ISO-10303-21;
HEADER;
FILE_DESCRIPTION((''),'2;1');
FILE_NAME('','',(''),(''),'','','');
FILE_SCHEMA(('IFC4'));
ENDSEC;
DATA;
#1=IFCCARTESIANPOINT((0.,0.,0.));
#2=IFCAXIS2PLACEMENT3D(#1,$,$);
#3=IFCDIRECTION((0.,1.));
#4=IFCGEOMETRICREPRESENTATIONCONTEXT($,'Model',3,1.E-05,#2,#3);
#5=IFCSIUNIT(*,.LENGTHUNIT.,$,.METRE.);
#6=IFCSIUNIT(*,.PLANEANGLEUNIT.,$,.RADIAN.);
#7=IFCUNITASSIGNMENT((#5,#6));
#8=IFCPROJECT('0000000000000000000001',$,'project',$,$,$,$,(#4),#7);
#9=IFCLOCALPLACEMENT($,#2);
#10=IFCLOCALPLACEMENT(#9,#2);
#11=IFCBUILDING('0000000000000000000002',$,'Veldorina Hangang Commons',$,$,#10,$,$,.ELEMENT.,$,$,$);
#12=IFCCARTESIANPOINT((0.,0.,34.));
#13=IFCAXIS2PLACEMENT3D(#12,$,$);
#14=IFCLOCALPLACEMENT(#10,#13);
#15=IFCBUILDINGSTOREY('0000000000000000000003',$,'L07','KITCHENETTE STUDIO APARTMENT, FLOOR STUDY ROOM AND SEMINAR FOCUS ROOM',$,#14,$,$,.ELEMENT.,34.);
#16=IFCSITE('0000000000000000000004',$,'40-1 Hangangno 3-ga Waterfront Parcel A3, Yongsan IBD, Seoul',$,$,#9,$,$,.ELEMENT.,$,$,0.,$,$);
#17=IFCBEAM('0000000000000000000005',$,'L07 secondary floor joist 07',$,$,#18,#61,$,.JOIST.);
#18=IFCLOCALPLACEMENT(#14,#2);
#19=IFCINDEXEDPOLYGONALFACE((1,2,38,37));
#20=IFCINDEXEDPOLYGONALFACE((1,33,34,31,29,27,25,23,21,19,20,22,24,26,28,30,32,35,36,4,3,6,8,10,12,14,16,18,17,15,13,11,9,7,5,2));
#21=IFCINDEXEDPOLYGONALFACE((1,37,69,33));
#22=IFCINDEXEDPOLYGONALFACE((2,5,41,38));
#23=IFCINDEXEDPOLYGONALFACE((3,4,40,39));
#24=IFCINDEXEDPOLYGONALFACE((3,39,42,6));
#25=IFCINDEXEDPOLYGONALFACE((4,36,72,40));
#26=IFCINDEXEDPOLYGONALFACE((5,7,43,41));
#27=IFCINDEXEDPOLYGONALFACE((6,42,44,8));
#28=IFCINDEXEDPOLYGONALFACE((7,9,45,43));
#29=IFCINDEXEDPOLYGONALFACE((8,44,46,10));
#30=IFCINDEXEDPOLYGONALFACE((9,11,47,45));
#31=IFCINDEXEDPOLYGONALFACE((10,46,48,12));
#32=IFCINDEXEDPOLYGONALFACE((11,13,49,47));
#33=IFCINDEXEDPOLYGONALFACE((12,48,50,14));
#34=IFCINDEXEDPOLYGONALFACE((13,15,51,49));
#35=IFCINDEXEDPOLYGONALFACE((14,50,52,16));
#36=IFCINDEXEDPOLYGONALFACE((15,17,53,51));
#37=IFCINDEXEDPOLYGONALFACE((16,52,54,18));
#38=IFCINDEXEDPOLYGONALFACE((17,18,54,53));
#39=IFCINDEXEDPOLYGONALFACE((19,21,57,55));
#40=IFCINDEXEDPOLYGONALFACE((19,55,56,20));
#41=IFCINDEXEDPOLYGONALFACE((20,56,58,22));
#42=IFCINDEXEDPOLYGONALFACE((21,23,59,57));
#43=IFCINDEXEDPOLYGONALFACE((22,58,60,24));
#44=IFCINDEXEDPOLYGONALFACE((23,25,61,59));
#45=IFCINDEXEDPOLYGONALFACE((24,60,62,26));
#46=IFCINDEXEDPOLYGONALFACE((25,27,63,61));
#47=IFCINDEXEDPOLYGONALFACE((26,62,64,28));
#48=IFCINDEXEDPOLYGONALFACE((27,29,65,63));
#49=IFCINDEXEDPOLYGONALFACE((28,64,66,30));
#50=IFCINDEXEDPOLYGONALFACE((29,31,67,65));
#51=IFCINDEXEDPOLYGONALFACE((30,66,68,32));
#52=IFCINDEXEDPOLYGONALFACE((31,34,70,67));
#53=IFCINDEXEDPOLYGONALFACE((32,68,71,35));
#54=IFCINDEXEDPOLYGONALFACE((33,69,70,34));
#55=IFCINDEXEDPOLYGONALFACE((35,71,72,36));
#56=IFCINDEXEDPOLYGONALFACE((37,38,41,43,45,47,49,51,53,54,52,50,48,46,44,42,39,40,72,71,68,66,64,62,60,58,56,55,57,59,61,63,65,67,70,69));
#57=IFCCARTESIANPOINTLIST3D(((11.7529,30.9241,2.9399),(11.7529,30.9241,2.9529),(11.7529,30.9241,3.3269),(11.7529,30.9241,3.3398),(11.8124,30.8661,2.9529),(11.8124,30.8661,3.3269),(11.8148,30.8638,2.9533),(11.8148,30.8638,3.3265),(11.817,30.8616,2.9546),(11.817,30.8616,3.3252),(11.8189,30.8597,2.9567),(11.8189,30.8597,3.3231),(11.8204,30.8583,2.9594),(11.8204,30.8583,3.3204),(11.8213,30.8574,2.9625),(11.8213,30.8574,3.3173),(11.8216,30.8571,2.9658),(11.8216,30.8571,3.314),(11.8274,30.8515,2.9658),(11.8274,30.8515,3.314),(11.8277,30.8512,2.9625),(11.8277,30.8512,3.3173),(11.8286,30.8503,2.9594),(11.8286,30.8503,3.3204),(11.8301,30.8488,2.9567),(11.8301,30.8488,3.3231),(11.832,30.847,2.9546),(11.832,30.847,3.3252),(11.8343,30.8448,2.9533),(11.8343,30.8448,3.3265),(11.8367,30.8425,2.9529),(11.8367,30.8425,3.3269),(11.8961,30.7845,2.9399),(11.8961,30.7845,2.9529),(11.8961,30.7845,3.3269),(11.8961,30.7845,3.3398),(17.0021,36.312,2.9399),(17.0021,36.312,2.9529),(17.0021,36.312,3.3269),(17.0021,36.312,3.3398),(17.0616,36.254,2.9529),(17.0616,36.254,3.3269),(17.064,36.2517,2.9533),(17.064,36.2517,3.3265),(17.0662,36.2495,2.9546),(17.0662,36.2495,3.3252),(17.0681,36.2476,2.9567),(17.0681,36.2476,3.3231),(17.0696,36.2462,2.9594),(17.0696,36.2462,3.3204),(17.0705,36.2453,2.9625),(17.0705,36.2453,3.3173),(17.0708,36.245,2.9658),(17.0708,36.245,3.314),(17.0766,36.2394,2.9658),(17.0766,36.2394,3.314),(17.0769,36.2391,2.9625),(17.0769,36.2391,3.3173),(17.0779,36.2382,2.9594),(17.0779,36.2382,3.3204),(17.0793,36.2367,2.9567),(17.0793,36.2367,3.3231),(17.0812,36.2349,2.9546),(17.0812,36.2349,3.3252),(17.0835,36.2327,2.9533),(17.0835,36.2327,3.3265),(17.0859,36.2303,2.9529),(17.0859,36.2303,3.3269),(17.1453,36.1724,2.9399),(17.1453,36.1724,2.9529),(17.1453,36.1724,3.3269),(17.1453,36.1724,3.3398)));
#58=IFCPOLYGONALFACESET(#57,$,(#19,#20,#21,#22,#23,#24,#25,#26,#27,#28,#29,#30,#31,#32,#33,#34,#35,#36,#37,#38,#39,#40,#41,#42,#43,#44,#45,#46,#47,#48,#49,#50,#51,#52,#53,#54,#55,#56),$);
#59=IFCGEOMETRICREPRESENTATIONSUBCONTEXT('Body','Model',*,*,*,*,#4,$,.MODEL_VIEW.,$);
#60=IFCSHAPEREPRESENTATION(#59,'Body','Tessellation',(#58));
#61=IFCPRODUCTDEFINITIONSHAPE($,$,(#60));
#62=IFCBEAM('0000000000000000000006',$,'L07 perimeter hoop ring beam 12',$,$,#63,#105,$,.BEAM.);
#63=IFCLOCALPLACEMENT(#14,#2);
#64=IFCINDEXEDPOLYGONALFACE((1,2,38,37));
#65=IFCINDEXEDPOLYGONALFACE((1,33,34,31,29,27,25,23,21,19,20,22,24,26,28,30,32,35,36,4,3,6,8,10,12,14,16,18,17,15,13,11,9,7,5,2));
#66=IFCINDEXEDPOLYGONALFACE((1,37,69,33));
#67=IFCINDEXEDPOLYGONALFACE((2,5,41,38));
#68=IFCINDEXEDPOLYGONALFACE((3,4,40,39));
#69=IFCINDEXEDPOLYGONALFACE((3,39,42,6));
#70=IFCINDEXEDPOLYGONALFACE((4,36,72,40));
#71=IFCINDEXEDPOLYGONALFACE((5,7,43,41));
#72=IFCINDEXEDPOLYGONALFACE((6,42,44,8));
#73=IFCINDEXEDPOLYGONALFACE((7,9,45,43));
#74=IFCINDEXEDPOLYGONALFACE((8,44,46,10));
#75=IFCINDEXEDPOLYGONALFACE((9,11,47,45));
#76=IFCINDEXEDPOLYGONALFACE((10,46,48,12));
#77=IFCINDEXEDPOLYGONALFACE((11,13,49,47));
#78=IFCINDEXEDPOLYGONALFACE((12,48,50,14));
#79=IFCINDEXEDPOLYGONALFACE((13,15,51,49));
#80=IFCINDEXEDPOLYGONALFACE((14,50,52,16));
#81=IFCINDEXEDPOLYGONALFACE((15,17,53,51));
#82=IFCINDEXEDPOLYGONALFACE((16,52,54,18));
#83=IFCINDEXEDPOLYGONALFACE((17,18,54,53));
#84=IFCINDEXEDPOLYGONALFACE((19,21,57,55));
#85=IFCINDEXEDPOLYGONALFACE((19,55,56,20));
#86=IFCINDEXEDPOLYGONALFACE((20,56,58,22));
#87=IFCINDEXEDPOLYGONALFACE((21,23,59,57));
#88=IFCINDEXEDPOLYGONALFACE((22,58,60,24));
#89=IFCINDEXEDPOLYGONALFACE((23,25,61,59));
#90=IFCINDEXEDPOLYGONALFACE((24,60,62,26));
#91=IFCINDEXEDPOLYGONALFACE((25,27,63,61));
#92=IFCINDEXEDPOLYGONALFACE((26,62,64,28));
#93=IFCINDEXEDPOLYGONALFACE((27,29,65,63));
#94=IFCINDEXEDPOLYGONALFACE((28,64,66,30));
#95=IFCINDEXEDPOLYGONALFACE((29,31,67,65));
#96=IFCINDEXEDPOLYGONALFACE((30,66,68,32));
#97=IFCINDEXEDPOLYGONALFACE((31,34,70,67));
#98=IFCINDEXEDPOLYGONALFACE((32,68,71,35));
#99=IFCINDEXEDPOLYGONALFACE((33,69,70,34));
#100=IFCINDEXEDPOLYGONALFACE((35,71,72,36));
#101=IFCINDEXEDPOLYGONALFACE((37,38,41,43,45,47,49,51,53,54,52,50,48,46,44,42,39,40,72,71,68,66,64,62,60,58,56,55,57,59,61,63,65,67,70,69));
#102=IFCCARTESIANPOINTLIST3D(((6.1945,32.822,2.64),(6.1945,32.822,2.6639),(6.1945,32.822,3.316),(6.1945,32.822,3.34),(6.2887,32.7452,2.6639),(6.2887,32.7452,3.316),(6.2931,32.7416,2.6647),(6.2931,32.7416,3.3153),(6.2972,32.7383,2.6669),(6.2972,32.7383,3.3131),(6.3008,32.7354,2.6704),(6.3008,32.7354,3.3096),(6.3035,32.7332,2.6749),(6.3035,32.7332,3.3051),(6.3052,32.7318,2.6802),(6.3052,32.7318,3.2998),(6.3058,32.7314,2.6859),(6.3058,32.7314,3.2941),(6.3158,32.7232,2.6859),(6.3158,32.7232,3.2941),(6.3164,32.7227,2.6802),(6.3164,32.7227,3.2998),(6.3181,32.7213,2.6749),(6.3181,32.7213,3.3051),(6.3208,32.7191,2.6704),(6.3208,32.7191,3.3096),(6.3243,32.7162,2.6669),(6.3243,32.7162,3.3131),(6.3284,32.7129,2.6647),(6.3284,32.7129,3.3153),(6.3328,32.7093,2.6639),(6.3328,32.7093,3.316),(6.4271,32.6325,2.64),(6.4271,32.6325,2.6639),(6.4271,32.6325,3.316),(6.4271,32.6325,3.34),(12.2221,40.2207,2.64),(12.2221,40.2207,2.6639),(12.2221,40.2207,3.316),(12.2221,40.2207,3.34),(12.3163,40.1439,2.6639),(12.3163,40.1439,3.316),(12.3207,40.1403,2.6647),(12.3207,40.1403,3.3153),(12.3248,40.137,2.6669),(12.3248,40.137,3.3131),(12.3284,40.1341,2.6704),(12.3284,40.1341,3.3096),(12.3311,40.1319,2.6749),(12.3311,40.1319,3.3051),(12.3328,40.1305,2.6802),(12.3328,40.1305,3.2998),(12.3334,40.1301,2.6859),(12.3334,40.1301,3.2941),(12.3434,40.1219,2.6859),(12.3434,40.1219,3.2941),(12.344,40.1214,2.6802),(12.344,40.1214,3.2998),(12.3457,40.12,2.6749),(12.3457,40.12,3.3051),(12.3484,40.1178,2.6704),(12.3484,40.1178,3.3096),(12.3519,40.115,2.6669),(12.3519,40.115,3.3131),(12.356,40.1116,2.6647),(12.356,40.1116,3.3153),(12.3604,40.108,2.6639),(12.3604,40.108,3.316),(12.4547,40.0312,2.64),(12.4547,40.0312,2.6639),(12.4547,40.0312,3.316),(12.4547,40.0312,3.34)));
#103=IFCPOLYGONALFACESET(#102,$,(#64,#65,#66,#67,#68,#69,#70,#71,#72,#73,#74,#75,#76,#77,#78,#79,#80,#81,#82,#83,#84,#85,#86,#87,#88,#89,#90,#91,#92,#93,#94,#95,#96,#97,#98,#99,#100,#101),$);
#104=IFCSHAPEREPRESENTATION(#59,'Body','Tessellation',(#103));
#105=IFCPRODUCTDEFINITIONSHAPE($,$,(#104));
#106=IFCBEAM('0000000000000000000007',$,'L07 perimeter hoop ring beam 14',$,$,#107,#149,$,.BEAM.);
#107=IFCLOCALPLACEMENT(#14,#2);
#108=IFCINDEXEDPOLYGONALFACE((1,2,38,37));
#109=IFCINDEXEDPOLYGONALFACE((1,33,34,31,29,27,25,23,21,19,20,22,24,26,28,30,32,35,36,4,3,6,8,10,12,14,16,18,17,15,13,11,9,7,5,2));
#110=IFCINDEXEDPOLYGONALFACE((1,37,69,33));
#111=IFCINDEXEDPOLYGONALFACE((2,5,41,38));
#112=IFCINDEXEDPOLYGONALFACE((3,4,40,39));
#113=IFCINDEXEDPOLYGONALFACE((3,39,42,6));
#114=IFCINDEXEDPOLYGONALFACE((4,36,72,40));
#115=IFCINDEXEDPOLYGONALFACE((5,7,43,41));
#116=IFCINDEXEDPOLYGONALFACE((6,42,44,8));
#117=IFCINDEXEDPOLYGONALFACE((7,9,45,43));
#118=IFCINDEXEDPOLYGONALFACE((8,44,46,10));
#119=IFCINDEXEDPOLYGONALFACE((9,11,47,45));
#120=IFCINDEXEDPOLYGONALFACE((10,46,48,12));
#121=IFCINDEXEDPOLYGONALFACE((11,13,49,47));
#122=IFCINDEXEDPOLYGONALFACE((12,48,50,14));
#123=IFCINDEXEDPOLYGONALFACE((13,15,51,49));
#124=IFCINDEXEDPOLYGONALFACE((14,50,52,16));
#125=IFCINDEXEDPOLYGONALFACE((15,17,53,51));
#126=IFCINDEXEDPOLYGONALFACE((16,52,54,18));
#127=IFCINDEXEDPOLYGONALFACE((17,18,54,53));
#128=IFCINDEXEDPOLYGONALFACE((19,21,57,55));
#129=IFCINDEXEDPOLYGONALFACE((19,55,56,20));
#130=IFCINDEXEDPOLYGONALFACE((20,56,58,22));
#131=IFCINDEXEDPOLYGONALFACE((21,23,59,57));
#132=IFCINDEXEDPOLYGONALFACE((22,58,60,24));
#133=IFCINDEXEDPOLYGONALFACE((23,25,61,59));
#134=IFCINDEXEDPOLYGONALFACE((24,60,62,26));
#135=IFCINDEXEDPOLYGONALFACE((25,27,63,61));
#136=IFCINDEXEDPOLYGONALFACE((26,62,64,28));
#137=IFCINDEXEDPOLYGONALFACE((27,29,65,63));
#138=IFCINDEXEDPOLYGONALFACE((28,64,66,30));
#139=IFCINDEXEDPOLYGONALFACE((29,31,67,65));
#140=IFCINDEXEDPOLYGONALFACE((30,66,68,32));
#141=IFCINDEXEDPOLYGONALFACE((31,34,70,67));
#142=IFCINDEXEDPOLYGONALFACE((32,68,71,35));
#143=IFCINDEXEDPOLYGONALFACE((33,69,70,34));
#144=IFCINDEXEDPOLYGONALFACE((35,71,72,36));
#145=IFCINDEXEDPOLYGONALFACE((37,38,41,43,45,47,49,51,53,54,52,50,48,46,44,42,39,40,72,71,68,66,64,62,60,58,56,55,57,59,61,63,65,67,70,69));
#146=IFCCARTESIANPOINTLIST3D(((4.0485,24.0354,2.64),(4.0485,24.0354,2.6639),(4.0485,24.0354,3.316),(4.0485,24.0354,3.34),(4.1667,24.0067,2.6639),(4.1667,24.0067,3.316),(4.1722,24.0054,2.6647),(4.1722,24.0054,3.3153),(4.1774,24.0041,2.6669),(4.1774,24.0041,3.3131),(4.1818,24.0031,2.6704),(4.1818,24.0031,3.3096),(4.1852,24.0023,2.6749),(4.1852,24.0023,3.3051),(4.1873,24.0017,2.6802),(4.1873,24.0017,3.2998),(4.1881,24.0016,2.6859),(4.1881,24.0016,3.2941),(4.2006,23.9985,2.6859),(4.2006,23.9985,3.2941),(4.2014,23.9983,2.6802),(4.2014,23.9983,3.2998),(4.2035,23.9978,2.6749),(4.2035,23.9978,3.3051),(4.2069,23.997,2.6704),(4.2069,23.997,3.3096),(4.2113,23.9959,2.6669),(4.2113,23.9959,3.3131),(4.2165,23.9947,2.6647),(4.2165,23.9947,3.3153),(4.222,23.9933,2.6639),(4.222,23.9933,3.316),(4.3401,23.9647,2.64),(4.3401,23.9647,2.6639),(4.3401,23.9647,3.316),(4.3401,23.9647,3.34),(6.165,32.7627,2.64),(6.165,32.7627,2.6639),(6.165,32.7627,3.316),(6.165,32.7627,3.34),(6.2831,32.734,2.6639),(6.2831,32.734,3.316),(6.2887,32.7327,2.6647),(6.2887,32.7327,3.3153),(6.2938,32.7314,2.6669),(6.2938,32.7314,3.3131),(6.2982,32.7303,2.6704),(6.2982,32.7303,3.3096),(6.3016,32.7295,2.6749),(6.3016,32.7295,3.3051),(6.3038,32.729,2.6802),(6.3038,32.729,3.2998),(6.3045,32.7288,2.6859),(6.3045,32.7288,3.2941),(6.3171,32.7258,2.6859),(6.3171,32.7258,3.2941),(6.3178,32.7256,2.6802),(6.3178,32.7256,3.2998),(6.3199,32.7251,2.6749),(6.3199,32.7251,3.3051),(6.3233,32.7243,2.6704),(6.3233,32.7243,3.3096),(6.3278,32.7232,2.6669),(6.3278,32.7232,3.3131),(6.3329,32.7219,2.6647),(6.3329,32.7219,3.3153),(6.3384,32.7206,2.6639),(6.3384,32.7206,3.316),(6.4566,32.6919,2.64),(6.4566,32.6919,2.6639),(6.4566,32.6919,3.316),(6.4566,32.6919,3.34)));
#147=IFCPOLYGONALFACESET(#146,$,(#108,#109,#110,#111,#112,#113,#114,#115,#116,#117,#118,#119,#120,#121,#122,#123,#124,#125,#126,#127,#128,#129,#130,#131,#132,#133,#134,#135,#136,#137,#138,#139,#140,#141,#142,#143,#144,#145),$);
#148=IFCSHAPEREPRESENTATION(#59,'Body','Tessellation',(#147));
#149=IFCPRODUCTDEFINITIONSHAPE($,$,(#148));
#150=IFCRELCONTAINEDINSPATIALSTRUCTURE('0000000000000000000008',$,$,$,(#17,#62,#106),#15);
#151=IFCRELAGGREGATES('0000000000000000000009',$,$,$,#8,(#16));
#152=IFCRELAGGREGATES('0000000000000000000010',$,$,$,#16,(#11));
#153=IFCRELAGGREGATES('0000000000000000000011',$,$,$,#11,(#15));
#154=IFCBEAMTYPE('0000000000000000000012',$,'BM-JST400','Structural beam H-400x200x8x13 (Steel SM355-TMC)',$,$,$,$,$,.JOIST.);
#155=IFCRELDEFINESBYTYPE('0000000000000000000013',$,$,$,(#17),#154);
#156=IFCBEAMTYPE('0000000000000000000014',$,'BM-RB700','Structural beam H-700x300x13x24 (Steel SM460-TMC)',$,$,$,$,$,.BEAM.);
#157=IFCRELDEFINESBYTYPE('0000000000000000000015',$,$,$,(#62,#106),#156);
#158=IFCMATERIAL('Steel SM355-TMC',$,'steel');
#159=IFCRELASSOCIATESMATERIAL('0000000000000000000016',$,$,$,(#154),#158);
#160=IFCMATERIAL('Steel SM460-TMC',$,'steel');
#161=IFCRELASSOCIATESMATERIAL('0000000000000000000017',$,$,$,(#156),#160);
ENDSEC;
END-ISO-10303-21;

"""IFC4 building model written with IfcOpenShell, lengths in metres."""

from ifc_helpers import new_model, si_unit, direction, frame, origin, origin_2d, place, context, subcontext, project, spatial, i_section, extrude, material, material_profile, profile_set, type_object, element, save


model = new_model("IFC4")

# Units and contexts
model_context = context("Model", 3, precision=1e-05, world=origin(), true_north=direction((0.0, 1.0)))
body_context = subcontext(model_context, "Body", "Model", "MODEL_VIEW")
ifc_project = project(units=[si_unit("LENGTHUNIT", "METRE"), si_unit("PLANEANGLEUNIT", "RADIAN")], contexts=[model_context])

# Site, building, storey
site_placement = place(None, origin())
site = spatial("IfcSite", under=ifc_project, at=site_placement, Name="40-1 Hangangno 3-ga Waterfront Parcel A3, Yongsan IBD, Seoul", CompositionType="ELEMENT", RefElevation=0.0)
building_placement = place(site_placement, origin())
building = spatial("IfcBuilding", under=site, at=building_placement, Name="Veldorina Hangang Commons", CompositionType="ELEMENT")
storey_placement = place(building_placement, frame((0.0, 0.0, 34.0)))
storey = spatial("IfcBuildingStorey", under=building, at=storey_placement, Name="L07", Description="KITCHENETTE STUDIO APARTMENT, FLOOR STUDY ROOM AND SEMINAR FOCUS ROOM", CompositionType="ELEMENT", Elevation=34.0)

# Beams
ifc_material_1 = material(Name="Steel SM355-TMC", Category="steel")
ifc_material_profile_1 = material_profile(ifc_material_1, i_section(OverallWidth=0.2, OverallDepth=0.3999, WebThickness=0.0081, FlangeThickness=0.0129, FilletRadius=0.0129, at=origin_2d()), Name="H-400x200x8x13")
ifc_profile_set_1 = profile_set([ifc_material_profile_1], Name="Steel SM355-TMC")
beam_type_1 = type_object("IfcBeamType", Name="BM-JST400", Description="Structural beam H-400x200x8x13 (Steel SM355-TMC)", PredefinedType="JOIST", material=ifc_profile_set_1)
beam_1_placement = place(storey_placement, frame((17.0737, 36.2422, 3.1399), z_axis=(-0.697829, -0.716264, 0.0), x_axis=(0.716264, -0.697829, 0.0)))
element("IfcBeam", 1, at=beam_1_placement, inside=storey, type_object=beam_type_1, Name="L07 secondary floor joist 07", PredefinedType="JOIST", context=body_context, shape_type="SweptSolid", body=[
    extrude(i_section(OverallWidth=0.2, OverallDepth=0.3999, WebThickness=0.0081, FlangeThickness=0.0129, FilletRadius=0.0129, at=origin_2d()), origin(), (0.0, 0.0, 1.0), 7.5222),
])
ifc_material_2 = material(Name="Steel SM460-TMC", Category="steel")
ifc_material_profile_2 = material_profile(ifc_material_2, i_section(OverallWidth=0.3, OverallDepth=0.7, WebThickness=0.0129, FlangeThickness=0.0239, FilletRadius=0.022, at=origin_2d()), Name="H-700x300x13x24")
ifc_profile_set_2 = profile_set([ifc_material_profile_2], Name="Steel SM460-TMC")
beam_type_2 = type_object("IfcBeamType", Name="BM-RB700", Description="Structural beam H-700x300x13x24 (Steel SM460-TMC)", PredefinedType="BEAM", material=ifc_profile_set_2)
beam_2_placement = place(storey_placement, frame((12.3384, 40.126, 2.99), z_axis=(-0.631612, -0.775285, 0.0), x_axis=(0.775285, -0.631612, 0.0)))
element("IfcBeam", 2, at=beam_2_placement, inside=storey, type_object=beam_type_2, Name="L07 perimeter hoop ring beam 12", PredefinedType="BEAM", context=body_context, shape_type="SweptSolid", body=[
    extrude(i_section(OverallWidth=0.3, OverallDepth=0.7, WebThickness=0.0129, FlangeThickness=0.0239, FilletRadius=0.022, at=origin_2d()), origin(), (0.0, 0.0, 1.0), 9.5432),
])
beam_3_placement = place(storey_placement, frame((6.3108, 32.7273, 2.99), z_axis=(-0.235679, -0.971831, 0.0), x_axis=(0.971831, -0.235679, 0.0)))
element("IfcBeam", 3, at=beam_3_placement, inside=storey, type_object=beam_type_2, Name="L07 perimeter hoop ring beam 14", PredefinedType="BEAM", context=body_context, shape_type="SweptSolid", body=[
    extrude(i_section(OverallWidth=0.3, OverallDepth=0.7, WebThickness=0.0129, FlangeThickness=0.0239, FilletRadius=0.022, at=origin_2d()), origin(), (0.0, 0.0, 1.0), 8.9802),
])

save(model, "model.ifc")
